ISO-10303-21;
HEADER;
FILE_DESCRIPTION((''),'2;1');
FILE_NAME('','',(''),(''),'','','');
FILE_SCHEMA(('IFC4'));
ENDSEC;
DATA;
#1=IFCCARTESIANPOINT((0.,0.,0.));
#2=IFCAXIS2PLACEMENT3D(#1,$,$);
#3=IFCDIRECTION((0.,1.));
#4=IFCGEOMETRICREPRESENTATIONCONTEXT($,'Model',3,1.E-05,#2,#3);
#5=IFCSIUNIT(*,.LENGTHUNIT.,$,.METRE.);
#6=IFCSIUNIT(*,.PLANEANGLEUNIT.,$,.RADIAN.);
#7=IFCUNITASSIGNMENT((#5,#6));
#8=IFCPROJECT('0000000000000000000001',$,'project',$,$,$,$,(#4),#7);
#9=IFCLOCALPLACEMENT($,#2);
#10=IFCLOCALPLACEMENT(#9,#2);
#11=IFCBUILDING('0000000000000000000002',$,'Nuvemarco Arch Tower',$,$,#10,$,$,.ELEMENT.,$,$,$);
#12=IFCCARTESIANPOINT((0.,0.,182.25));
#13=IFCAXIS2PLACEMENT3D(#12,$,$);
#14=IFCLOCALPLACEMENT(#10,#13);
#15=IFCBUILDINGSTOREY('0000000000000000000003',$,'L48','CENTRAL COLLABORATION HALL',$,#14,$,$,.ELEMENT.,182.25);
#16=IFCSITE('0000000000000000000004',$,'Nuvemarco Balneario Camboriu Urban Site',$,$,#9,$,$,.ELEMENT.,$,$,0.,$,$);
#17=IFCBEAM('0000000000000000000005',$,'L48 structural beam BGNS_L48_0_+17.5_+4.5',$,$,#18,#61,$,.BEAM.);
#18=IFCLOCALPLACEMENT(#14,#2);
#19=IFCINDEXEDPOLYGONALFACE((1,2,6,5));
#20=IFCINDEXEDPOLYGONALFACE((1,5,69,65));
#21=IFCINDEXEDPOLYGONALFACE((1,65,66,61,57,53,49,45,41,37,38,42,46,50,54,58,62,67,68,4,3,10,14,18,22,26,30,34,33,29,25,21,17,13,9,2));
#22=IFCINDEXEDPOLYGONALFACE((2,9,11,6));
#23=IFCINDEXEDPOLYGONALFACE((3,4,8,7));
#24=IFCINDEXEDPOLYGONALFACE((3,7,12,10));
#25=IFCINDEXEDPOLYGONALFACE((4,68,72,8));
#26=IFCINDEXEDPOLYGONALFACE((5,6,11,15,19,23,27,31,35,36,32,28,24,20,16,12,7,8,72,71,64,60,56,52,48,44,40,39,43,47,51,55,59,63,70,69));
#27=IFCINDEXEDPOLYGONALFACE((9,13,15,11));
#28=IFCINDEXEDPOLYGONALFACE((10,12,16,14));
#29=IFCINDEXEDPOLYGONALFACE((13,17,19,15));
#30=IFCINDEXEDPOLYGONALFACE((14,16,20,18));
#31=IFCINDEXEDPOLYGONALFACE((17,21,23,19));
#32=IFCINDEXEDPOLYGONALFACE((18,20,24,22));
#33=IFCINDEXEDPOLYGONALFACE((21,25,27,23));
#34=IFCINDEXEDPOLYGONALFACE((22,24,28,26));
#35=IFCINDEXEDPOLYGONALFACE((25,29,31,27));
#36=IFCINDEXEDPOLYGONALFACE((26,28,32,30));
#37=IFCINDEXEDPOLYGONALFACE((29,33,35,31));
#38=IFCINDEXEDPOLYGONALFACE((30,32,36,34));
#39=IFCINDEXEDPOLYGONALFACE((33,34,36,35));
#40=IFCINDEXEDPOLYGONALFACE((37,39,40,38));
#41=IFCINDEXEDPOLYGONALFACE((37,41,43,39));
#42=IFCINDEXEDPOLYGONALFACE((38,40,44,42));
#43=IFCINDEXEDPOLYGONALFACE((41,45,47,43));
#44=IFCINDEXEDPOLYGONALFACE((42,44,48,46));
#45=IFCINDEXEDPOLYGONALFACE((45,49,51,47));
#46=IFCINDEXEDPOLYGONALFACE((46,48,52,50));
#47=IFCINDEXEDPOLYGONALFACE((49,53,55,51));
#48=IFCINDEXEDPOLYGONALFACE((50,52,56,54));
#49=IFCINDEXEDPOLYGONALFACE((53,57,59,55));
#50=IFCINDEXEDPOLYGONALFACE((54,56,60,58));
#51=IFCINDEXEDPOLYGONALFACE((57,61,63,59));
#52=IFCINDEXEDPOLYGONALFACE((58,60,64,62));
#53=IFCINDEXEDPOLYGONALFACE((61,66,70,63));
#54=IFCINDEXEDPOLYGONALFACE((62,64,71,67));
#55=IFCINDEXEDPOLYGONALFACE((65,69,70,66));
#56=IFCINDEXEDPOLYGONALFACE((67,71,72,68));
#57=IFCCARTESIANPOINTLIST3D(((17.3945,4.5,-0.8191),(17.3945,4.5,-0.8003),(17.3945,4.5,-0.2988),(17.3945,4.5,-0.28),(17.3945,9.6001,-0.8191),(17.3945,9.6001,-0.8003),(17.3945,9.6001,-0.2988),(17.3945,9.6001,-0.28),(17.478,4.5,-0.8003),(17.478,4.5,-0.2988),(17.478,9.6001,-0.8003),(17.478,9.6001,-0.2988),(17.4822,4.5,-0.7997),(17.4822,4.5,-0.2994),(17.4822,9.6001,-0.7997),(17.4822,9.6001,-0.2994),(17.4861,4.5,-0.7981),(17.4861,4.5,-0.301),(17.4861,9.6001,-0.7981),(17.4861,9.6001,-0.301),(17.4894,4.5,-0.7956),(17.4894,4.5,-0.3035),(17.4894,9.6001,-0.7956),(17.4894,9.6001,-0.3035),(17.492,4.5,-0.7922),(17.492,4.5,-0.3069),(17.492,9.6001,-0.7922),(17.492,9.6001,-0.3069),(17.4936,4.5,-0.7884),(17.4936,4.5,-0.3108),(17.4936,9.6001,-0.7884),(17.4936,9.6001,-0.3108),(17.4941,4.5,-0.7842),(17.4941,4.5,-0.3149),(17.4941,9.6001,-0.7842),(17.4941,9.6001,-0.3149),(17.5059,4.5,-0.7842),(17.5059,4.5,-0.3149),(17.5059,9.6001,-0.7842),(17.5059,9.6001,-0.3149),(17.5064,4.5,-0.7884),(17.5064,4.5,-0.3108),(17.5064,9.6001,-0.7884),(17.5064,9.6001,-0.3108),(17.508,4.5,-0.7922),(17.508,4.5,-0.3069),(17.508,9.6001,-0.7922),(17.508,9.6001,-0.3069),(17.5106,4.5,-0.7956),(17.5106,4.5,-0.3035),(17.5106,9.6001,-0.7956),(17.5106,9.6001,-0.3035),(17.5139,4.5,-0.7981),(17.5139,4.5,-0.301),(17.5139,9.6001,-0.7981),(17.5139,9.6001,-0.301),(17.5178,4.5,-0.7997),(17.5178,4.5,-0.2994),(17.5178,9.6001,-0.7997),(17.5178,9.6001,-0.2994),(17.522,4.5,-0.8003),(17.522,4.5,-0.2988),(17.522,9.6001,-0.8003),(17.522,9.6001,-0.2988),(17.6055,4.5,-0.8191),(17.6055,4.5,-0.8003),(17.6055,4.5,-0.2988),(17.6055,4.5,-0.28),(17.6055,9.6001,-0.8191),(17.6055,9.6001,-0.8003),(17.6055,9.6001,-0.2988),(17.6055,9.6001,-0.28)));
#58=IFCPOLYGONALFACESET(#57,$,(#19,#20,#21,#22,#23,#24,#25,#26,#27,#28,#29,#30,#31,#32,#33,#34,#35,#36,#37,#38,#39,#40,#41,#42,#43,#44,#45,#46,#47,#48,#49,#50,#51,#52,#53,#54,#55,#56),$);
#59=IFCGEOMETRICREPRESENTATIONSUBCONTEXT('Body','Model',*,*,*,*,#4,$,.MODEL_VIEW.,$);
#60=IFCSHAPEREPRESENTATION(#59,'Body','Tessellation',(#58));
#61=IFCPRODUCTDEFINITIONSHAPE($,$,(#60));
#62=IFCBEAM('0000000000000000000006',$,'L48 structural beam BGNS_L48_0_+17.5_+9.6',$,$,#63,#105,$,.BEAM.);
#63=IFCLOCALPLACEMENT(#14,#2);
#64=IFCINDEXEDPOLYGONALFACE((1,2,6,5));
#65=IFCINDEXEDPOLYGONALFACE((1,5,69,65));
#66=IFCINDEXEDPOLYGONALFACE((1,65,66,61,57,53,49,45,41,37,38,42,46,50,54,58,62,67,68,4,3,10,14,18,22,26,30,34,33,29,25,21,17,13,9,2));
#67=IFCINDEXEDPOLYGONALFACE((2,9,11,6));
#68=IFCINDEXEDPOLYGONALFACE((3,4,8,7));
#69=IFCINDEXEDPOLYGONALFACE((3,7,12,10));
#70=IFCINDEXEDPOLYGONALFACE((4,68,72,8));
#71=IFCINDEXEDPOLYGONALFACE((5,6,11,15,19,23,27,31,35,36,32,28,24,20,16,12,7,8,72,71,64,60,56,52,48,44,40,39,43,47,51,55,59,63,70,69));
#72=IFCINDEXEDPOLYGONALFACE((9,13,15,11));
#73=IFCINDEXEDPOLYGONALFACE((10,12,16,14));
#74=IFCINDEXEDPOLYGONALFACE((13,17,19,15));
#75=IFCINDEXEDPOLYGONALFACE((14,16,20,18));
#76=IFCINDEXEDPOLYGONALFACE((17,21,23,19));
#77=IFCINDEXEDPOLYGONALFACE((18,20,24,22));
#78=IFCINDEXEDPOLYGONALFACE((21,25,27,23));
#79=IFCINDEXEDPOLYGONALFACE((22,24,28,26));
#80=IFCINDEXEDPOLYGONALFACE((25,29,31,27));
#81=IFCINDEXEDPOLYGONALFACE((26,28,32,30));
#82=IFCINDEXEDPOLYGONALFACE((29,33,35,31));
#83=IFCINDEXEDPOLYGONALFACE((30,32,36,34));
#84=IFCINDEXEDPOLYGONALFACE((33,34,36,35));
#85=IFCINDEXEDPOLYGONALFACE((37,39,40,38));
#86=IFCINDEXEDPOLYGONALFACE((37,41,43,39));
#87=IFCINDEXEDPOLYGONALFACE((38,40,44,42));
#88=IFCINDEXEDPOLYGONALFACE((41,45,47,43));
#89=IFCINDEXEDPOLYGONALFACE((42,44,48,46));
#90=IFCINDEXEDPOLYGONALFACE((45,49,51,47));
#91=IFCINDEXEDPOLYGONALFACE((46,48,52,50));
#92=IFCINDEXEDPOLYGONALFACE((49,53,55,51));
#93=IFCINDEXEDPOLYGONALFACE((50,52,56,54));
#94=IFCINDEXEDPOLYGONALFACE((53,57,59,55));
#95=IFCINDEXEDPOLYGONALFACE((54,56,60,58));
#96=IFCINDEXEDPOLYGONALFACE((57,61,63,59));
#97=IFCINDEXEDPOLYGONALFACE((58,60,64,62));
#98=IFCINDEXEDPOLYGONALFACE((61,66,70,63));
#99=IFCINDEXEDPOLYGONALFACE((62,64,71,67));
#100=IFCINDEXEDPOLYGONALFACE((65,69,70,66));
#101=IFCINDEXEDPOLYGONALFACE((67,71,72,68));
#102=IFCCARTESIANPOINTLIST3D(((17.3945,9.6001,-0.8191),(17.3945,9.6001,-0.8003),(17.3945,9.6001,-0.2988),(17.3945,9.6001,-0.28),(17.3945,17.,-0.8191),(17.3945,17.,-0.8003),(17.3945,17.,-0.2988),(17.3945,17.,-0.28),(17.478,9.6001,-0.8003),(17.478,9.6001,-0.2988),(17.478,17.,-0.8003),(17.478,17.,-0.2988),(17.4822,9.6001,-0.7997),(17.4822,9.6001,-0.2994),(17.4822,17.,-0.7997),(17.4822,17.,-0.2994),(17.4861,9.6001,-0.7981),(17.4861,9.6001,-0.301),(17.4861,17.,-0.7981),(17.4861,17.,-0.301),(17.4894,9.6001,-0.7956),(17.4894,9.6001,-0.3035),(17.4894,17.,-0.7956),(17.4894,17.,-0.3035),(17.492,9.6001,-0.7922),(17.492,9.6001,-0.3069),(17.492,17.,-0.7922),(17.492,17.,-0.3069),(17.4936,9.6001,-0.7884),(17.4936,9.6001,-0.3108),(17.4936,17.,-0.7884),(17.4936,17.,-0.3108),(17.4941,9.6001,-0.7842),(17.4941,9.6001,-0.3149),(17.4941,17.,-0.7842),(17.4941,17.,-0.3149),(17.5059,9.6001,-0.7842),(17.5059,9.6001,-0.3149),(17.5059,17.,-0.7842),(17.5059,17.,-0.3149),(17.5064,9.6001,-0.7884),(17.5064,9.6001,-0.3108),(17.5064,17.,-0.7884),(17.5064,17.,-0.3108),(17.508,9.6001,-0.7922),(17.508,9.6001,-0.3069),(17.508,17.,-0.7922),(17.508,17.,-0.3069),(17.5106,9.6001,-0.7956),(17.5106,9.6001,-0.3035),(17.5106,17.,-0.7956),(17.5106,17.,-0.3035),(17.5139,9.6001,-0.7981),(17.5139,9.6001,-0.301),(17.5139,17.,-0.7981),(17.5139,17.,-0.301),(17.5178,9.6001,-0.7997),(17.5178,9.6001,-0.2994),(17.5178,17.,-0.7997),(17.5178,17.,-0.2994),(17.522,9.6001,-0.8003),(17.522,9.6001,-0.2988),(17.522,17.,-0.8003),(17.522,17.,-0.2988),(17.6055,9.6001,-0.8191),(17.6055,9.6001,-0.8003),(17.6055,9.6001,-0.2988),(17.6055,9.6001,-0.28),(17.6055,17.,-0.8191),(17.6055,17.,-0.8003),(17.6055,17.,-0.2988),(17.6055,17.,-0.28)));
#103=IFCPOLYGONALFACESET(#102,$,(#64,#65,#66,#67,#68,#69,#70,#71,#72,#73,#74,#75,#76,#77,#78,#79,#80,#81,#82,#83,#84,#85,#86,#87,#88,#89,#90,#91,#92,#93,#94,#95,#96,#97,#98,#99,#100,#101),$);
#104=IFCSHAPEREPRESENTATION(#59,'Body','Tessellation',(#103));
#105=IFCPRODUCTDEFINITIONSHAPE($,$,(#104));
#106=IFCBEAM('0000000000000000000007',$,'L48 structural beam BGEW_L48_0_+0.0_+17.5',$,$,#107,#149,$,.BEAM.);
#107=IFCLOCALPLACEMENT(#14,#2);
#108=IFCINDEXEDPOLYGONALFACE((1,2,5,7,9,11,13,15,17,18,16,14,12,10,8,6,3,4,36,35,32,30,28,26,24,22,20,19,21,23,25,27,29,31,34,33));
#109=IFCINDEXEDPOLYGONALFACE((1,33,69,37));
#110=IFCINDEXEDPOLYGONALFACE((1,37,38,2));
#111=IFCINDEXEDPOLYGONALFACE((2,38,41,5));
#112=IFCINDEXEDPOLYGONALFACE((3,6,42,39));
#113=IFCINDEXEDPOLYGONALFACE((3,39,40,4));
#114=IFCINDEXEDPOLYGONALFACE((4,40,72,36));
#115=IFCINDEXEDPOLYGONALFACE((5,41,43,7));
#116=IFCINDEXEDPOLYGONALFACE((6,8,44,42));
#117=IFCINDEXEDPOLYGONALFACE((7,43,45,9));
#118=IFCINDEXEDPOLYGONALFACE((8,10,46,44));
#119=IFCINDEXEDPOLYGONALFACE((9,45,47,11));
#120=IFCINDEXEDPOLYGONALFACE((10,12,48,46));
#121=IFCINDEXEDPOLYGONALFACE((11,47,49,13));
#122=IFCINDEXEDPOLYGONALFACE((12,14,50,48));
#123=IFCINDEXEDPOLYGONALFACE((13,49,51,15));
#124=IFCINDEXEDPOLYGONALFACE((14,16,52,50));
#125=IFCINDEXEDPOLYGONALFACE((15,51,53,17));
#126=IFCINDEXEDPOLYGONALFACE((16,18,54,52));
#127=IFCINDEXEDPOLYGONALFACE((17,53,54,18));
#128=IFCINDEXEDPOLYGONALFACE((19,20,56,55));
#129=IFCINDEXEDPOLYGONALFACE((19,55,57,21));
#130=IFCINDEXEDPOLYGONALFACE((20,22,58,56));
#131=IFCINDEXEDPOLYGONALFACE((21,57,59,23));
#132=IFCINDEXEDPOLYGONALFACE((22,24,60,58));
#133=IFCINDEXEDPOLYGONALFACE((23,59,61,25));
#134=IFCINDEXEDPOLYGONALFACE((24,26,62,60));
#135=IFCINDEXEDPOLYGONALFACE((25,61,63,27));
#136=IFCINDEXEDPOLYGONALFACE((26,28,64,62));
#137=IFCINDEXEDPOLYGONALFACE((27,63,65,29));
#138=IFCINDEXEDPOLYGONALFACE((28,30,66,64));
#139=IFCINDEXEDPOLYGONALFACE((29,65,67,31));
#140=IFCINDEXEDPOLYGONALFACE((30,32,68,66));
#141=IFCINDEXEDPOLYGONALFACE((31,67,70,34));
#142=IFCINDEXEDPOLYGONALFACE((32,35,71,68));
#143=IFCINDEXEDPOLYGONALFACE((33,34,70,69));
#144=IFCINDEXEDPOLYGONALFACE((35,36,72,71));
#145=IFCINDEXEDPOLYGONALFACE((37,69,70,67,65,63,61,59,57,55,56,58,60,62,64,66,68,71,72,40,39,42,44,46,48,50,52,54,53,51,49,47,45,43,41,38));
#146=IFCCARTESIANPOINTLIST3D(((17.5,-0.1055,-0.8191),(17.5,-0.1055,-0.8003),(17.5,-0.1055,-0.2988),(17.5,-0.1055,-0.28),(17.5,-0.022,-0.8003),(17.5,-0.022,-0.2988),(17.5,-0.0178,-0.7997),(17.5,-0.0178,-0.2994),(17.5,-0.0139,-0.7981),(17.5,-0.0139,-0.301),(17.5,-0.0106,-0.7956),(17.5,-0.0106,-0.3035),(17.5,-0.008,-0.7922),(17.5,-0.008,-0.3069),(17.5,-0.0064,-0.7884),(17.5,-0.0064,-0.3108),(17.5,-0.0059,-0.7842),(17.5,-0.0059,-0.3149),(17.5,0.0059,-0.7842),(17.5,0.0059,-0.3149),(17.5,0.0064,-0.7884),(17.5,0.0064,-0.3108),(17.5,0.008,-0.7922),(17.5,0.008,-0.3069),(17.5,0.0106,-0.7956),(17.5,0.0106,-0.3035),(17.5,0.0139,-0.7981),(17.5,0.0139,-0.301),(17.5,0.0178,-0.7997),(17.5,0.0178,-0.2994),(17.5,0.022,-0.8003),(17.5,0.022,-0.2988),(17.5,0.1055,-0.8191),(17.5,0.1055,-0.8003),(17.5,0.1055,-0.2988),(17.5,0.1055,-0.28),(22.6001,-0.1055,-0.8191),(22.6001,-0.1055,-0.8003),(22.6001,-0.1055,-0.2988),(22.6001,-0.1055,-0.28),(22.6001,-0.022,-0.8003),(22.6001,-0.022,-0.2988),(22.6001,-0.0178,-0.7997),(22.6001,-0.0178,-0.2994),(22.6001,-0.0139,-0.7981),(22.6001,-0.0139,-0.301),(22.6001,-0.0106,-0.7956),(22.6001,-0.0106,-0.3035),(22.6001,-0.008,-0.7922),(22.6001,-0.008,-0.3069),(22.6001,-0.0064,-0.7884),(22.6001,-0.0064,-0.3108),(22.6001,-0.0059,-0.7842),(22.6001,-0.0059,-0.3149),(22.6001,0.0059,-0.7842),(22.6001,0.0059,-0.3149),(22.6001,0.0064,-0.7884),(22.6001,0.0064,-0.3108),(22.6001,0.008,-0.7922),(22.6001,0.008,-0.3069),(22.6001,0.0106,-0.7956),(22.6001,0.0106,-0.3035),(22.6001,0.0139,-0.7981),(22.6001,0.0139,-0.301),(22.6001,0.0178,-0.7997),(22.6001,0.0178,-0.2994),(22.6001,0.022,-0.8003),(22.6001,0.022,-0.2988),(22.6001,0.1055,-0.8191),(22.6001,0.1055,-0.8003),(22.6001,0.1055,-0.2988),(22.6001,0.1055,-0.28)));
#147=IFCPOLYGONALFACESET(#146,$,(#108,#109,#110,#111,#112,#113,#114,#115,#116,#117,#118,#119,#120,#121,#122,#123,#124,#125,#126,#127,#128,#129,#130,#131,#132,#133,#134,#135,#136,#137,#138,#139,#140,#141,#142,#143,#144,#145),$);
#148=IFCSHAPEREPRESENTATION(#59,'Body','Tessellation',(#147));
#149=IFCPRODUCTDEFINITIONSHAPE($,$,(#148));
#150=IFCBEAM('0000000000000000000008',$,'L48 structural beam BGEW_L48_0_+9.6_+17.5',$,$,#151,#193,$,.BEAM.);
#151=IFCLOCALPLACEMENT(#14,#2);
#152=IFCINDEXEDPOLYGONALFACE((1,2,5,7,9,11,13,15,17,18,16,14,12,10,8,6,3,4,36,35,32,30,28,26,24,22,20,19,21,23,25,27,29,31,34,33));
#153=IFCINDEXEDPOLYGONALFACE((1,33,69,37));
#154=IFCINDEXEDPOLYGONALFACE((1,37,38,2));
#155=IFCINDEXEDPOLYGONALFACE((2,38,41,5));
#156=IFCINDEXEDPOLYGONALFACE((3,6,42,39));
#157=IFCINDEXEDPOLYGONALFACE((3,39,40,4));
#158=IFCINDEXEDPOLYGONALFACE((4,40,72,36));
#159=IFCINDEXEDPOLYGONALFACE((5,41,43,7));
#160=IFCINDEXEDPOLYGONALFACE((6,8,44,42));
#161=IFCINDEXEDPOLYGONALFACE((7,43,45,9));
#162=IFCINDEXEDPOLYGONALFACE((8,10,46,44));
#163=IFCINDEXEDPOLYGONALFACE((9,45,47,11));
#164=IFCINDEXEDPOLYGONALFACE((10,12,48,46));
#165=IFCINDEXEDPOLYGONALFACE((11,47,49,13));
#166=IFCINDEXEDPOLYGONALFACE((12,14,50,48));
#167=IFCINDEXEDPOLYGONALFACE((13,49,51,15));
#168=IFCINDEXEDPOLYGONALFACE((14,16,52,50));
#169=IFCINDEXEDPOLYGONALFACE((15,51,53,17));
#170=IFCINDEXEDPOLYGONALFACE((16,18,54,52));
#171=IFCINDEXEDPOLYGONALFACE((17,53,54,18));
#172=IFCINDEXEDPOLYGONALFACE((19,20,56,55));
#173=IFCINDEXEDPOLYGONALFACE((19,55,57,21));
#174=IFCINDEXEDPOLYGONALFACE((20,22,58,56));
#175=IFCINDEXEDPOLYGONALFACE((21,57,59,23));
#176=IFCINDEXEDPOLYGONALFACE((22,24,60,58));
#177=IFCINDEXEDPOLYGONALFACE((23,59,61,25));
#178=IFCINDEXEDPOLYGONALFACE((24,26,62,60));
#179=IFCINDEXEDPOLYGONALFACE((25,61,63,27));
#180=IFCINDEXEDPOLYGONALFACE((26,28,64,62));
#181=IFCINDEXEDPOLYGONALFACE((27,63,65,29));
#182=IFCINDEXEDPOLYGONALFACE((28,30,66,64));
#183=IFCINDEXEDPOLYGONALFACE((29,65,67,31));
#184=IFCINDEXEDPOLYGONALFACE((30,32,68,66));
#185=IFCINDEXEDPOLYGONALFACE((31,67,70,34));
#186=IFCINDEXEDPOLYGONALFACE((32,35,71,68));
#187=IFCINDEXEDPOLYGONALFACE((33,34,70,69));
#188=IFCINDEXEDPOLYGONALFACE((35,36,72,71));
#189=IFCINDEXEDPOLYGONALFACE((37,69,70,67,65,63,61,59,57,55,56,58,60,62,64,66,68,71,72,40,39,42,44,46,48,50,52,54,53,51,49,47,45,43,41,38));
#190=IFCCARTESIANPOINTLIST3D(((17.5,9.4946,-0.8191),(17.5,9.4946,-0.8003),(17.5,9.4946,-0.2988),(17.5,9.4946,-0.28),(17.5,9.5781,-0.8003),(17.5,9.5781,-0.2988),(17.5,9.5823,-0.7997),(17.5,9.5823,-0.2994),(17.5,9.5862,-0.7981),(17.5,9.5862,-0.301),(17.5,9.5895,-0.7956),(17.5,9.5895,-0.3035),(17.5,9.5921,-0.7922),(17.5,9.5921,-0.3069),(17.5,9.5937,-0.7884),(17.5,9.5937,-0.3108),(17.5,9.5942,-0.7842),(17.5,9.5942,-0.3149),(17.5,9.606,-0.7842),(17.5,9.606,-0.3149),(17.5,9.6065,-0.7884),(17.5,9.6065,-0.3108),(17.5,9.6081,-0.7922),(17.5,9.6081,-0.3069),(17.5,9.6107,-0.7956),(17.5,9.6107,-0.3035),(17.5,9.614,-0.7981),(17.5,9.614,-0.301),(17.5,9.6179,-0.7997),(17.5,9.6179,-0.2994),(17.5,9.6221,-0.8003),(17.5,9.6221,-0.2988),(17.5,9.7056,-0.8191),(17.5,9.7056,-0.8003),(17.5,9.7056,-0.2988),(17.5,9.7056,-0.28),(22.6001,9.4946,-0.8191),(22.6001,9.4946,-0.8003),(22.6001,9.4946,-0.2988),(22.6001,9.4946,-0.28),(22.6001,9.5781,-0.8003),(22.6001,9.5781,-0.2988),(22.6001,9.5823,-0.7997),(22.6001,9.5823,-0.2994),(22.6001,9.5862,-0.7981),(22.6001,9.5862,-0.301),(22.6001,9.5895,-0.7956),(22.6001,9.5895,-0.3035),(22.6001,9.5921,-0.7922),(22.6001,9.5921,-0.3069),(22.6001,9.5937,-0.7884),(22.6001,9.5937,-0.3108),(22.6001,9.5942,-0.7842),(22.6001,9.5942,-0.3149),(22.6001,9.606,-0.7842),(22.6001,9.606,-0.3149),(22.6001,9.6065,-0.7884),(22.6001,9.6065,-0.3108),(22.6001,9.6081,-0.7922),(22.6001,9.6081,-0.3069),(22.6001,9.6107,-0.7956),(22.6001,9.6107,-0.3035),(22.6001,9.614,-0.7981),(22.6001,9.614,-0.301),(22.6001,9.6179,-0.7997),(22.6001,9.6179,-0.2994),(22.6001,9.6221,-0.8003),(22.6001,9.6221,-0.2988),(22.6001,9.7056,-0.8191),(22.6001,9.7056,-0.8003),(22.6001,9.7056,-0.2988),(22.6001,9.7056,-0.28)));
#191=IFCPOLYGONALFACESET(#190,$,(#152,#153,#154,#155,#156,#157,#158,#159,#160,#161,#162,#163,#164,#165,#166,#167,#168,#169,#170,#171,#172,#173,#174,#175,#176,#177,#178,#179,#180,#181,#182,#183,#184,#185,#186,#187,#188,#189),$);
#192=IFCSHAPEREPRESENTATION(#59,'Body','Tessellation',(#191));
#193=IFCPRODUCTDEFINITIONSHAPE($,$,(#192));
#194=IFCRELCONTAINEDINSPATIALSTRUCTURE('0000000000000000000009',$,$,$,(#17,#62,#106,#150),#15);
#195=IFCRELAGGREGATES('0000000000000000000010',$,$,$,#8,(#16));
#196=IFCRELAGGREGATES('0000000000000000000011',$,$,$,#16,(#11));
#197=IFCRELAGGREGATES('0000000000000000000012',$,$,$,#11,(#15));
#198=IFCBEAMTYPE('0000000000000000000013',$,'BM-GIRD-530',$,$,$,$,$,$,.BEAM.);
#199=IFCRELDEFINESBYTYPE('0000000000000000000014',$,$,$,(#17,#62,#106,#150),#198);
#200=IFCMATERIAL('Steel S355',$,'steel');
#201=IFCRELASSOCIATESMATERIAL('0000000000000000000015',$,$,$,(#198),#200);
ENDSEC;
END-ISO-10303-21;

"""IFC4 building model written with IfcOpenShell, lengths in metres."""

from ifc_helpers import new_model, si_unit, direction, frame, origin, origin_2d, place, context, subcontext, project, spatial, i_section, extrude, material, material_profile, profile_set, type_object, element, save


model = new_model("IFC4")

# Units and contexts
model_context = context("Model", 3, precision=1e-05, world=origin(), true_north=direction((0.0, 1.0)))
body_context = subcontext(model_context, "Body", "Model", "MODEL_VIEW")
ifc_project = project(units=[si_unit("LENGTHUNIT", "METRE"), si_unit("PLANEANGLEUNIT", "RADIAN")], contexts=[model_context])

# Site, building, storey
site_placement = place(None, origin())
site = spatial("IfcSite", under=ifc_project, at=site_placement, Name="Nuvemarco Balneario Camboriu Urban Site", CompositionType="ELEMENT", RefElevation=0.0)
building_placement = place(site_placement, origin())
building = spatial("IfcBuilding", under=site, at=building_placement, Name="Nuvemarco Arch Tower", CompositionType="ELEMENT")
storey_placement = place(building_placement, frame((0.0, 0.0, 182.25)))
storey = spatial("IfcBuildingStorey", under=building, at=storey_placement, Name="L48", Description="CENTRAL COLLABORATION HALL", CompositionType="ELEMENT", Elevation=182.25)

# Shared definitions
ifc_material_1 = material(Name="Steel S355", Category="steel")

# Beams
ifc_material_profile_1 = material_profile(ifc_material_1, i_section(OverallWidth=0.2109, OverallDepth=0.5391, WebThickness=0.0117, FlangeThickness=0.0188, FilletRadius=0.0161, at=origin_2d()), Name="W530x109")
ifc_profile_set_1 = profile_set([ifc_material_profile_1], Name="Steel S355")
beam_type_1 = type_object("IfcBeamType", Name="BM-GIRD-530", PredefinedType="BEAM", material=ifc_profile_set_1)
beam_1_placement = place(storey_placement, frame((17.5, 4.5, -0.5496), z_axis=(0.0, 1.0, 0.0), x_axis=(-1.0, 0.0, 0.0)))
element("IfcBeam", 1, at=beam_1_placement, inside=storey, type_object=beam_type_1, Name="L48 structural beam BGNS_L48_0_+17.5_+4.5", PredefinedType="BEAM", context=body_context, shape_type="SweptSolid", body=[
    extrude(i_section(OverallWidth=0.2109, OverallDepth=0.5391, WebThickness=0.0117, FlangeThickness=0.0188, FilletRadius=0.0161, at=origin_2d()), origin(), (0.0, 0.0, 1.0), 5.1001),
])
beam_2_placement = place(storey_placement, frame((17.5, 9.6001, -0.5496), z_axis=(0.0, 1.0, 0.0), x_axis=(-1.0, 0.0, 0.0)))
element("IfcBeam", 2, at=beam_2_placement, inside=storey, type_object=beam_type_1, Name="L48 structural beam BGNS_L48_0_+17.5_+9.6", PredefinedType="BEAM", context=body_context, shape_type="SweptSolid", body=[
    extrude(i_section(OverallWidth=0.2109, OverallDepth=0.5391, WebThickness=0.0117, FlangeThickness=0.0188, FilletRadius=0.0161, at=origin_2d()), origin(), (0.0, 0.0, 1.0), 7.3999),
])
for number, where, z_axis, x_axis, name in (
    (3, (17.5, 0.0, -0.5496), (1.0, 0.0, 0.0), (0.0, 1.0, 0.0), "L48 structural beam BGEW_L48_0_+0.0_+17.5"),
    (4, (17.5, 9.6001, -0.5496), (1.0, 0.0, 0.0), (0.0, 1.0, 0.0), "L48 structural beam BGEW_L48_0_+9.6_+17.5"),
):
    element("IfcBeam", number, at=place(storey_placement, frame(where, z_axis=z_axis, x_axis=x_axis)), inside=storey, type_object=beam_type_1, Name=name, PredefinedType="BEAM", context=body_context, shape_type="SweptSolid", body=[
        extrude(i_section(OverallWidth=0.2109, OverallDepth=0.5391, WebThickness=0.0117, FlangeThickness=0.0188, FilletRadius=0.0161, at=origin_2d()), origin(), (0.0, 0.0, 1.0), 5.1001),
    ])

save(model, "model.ifc")
